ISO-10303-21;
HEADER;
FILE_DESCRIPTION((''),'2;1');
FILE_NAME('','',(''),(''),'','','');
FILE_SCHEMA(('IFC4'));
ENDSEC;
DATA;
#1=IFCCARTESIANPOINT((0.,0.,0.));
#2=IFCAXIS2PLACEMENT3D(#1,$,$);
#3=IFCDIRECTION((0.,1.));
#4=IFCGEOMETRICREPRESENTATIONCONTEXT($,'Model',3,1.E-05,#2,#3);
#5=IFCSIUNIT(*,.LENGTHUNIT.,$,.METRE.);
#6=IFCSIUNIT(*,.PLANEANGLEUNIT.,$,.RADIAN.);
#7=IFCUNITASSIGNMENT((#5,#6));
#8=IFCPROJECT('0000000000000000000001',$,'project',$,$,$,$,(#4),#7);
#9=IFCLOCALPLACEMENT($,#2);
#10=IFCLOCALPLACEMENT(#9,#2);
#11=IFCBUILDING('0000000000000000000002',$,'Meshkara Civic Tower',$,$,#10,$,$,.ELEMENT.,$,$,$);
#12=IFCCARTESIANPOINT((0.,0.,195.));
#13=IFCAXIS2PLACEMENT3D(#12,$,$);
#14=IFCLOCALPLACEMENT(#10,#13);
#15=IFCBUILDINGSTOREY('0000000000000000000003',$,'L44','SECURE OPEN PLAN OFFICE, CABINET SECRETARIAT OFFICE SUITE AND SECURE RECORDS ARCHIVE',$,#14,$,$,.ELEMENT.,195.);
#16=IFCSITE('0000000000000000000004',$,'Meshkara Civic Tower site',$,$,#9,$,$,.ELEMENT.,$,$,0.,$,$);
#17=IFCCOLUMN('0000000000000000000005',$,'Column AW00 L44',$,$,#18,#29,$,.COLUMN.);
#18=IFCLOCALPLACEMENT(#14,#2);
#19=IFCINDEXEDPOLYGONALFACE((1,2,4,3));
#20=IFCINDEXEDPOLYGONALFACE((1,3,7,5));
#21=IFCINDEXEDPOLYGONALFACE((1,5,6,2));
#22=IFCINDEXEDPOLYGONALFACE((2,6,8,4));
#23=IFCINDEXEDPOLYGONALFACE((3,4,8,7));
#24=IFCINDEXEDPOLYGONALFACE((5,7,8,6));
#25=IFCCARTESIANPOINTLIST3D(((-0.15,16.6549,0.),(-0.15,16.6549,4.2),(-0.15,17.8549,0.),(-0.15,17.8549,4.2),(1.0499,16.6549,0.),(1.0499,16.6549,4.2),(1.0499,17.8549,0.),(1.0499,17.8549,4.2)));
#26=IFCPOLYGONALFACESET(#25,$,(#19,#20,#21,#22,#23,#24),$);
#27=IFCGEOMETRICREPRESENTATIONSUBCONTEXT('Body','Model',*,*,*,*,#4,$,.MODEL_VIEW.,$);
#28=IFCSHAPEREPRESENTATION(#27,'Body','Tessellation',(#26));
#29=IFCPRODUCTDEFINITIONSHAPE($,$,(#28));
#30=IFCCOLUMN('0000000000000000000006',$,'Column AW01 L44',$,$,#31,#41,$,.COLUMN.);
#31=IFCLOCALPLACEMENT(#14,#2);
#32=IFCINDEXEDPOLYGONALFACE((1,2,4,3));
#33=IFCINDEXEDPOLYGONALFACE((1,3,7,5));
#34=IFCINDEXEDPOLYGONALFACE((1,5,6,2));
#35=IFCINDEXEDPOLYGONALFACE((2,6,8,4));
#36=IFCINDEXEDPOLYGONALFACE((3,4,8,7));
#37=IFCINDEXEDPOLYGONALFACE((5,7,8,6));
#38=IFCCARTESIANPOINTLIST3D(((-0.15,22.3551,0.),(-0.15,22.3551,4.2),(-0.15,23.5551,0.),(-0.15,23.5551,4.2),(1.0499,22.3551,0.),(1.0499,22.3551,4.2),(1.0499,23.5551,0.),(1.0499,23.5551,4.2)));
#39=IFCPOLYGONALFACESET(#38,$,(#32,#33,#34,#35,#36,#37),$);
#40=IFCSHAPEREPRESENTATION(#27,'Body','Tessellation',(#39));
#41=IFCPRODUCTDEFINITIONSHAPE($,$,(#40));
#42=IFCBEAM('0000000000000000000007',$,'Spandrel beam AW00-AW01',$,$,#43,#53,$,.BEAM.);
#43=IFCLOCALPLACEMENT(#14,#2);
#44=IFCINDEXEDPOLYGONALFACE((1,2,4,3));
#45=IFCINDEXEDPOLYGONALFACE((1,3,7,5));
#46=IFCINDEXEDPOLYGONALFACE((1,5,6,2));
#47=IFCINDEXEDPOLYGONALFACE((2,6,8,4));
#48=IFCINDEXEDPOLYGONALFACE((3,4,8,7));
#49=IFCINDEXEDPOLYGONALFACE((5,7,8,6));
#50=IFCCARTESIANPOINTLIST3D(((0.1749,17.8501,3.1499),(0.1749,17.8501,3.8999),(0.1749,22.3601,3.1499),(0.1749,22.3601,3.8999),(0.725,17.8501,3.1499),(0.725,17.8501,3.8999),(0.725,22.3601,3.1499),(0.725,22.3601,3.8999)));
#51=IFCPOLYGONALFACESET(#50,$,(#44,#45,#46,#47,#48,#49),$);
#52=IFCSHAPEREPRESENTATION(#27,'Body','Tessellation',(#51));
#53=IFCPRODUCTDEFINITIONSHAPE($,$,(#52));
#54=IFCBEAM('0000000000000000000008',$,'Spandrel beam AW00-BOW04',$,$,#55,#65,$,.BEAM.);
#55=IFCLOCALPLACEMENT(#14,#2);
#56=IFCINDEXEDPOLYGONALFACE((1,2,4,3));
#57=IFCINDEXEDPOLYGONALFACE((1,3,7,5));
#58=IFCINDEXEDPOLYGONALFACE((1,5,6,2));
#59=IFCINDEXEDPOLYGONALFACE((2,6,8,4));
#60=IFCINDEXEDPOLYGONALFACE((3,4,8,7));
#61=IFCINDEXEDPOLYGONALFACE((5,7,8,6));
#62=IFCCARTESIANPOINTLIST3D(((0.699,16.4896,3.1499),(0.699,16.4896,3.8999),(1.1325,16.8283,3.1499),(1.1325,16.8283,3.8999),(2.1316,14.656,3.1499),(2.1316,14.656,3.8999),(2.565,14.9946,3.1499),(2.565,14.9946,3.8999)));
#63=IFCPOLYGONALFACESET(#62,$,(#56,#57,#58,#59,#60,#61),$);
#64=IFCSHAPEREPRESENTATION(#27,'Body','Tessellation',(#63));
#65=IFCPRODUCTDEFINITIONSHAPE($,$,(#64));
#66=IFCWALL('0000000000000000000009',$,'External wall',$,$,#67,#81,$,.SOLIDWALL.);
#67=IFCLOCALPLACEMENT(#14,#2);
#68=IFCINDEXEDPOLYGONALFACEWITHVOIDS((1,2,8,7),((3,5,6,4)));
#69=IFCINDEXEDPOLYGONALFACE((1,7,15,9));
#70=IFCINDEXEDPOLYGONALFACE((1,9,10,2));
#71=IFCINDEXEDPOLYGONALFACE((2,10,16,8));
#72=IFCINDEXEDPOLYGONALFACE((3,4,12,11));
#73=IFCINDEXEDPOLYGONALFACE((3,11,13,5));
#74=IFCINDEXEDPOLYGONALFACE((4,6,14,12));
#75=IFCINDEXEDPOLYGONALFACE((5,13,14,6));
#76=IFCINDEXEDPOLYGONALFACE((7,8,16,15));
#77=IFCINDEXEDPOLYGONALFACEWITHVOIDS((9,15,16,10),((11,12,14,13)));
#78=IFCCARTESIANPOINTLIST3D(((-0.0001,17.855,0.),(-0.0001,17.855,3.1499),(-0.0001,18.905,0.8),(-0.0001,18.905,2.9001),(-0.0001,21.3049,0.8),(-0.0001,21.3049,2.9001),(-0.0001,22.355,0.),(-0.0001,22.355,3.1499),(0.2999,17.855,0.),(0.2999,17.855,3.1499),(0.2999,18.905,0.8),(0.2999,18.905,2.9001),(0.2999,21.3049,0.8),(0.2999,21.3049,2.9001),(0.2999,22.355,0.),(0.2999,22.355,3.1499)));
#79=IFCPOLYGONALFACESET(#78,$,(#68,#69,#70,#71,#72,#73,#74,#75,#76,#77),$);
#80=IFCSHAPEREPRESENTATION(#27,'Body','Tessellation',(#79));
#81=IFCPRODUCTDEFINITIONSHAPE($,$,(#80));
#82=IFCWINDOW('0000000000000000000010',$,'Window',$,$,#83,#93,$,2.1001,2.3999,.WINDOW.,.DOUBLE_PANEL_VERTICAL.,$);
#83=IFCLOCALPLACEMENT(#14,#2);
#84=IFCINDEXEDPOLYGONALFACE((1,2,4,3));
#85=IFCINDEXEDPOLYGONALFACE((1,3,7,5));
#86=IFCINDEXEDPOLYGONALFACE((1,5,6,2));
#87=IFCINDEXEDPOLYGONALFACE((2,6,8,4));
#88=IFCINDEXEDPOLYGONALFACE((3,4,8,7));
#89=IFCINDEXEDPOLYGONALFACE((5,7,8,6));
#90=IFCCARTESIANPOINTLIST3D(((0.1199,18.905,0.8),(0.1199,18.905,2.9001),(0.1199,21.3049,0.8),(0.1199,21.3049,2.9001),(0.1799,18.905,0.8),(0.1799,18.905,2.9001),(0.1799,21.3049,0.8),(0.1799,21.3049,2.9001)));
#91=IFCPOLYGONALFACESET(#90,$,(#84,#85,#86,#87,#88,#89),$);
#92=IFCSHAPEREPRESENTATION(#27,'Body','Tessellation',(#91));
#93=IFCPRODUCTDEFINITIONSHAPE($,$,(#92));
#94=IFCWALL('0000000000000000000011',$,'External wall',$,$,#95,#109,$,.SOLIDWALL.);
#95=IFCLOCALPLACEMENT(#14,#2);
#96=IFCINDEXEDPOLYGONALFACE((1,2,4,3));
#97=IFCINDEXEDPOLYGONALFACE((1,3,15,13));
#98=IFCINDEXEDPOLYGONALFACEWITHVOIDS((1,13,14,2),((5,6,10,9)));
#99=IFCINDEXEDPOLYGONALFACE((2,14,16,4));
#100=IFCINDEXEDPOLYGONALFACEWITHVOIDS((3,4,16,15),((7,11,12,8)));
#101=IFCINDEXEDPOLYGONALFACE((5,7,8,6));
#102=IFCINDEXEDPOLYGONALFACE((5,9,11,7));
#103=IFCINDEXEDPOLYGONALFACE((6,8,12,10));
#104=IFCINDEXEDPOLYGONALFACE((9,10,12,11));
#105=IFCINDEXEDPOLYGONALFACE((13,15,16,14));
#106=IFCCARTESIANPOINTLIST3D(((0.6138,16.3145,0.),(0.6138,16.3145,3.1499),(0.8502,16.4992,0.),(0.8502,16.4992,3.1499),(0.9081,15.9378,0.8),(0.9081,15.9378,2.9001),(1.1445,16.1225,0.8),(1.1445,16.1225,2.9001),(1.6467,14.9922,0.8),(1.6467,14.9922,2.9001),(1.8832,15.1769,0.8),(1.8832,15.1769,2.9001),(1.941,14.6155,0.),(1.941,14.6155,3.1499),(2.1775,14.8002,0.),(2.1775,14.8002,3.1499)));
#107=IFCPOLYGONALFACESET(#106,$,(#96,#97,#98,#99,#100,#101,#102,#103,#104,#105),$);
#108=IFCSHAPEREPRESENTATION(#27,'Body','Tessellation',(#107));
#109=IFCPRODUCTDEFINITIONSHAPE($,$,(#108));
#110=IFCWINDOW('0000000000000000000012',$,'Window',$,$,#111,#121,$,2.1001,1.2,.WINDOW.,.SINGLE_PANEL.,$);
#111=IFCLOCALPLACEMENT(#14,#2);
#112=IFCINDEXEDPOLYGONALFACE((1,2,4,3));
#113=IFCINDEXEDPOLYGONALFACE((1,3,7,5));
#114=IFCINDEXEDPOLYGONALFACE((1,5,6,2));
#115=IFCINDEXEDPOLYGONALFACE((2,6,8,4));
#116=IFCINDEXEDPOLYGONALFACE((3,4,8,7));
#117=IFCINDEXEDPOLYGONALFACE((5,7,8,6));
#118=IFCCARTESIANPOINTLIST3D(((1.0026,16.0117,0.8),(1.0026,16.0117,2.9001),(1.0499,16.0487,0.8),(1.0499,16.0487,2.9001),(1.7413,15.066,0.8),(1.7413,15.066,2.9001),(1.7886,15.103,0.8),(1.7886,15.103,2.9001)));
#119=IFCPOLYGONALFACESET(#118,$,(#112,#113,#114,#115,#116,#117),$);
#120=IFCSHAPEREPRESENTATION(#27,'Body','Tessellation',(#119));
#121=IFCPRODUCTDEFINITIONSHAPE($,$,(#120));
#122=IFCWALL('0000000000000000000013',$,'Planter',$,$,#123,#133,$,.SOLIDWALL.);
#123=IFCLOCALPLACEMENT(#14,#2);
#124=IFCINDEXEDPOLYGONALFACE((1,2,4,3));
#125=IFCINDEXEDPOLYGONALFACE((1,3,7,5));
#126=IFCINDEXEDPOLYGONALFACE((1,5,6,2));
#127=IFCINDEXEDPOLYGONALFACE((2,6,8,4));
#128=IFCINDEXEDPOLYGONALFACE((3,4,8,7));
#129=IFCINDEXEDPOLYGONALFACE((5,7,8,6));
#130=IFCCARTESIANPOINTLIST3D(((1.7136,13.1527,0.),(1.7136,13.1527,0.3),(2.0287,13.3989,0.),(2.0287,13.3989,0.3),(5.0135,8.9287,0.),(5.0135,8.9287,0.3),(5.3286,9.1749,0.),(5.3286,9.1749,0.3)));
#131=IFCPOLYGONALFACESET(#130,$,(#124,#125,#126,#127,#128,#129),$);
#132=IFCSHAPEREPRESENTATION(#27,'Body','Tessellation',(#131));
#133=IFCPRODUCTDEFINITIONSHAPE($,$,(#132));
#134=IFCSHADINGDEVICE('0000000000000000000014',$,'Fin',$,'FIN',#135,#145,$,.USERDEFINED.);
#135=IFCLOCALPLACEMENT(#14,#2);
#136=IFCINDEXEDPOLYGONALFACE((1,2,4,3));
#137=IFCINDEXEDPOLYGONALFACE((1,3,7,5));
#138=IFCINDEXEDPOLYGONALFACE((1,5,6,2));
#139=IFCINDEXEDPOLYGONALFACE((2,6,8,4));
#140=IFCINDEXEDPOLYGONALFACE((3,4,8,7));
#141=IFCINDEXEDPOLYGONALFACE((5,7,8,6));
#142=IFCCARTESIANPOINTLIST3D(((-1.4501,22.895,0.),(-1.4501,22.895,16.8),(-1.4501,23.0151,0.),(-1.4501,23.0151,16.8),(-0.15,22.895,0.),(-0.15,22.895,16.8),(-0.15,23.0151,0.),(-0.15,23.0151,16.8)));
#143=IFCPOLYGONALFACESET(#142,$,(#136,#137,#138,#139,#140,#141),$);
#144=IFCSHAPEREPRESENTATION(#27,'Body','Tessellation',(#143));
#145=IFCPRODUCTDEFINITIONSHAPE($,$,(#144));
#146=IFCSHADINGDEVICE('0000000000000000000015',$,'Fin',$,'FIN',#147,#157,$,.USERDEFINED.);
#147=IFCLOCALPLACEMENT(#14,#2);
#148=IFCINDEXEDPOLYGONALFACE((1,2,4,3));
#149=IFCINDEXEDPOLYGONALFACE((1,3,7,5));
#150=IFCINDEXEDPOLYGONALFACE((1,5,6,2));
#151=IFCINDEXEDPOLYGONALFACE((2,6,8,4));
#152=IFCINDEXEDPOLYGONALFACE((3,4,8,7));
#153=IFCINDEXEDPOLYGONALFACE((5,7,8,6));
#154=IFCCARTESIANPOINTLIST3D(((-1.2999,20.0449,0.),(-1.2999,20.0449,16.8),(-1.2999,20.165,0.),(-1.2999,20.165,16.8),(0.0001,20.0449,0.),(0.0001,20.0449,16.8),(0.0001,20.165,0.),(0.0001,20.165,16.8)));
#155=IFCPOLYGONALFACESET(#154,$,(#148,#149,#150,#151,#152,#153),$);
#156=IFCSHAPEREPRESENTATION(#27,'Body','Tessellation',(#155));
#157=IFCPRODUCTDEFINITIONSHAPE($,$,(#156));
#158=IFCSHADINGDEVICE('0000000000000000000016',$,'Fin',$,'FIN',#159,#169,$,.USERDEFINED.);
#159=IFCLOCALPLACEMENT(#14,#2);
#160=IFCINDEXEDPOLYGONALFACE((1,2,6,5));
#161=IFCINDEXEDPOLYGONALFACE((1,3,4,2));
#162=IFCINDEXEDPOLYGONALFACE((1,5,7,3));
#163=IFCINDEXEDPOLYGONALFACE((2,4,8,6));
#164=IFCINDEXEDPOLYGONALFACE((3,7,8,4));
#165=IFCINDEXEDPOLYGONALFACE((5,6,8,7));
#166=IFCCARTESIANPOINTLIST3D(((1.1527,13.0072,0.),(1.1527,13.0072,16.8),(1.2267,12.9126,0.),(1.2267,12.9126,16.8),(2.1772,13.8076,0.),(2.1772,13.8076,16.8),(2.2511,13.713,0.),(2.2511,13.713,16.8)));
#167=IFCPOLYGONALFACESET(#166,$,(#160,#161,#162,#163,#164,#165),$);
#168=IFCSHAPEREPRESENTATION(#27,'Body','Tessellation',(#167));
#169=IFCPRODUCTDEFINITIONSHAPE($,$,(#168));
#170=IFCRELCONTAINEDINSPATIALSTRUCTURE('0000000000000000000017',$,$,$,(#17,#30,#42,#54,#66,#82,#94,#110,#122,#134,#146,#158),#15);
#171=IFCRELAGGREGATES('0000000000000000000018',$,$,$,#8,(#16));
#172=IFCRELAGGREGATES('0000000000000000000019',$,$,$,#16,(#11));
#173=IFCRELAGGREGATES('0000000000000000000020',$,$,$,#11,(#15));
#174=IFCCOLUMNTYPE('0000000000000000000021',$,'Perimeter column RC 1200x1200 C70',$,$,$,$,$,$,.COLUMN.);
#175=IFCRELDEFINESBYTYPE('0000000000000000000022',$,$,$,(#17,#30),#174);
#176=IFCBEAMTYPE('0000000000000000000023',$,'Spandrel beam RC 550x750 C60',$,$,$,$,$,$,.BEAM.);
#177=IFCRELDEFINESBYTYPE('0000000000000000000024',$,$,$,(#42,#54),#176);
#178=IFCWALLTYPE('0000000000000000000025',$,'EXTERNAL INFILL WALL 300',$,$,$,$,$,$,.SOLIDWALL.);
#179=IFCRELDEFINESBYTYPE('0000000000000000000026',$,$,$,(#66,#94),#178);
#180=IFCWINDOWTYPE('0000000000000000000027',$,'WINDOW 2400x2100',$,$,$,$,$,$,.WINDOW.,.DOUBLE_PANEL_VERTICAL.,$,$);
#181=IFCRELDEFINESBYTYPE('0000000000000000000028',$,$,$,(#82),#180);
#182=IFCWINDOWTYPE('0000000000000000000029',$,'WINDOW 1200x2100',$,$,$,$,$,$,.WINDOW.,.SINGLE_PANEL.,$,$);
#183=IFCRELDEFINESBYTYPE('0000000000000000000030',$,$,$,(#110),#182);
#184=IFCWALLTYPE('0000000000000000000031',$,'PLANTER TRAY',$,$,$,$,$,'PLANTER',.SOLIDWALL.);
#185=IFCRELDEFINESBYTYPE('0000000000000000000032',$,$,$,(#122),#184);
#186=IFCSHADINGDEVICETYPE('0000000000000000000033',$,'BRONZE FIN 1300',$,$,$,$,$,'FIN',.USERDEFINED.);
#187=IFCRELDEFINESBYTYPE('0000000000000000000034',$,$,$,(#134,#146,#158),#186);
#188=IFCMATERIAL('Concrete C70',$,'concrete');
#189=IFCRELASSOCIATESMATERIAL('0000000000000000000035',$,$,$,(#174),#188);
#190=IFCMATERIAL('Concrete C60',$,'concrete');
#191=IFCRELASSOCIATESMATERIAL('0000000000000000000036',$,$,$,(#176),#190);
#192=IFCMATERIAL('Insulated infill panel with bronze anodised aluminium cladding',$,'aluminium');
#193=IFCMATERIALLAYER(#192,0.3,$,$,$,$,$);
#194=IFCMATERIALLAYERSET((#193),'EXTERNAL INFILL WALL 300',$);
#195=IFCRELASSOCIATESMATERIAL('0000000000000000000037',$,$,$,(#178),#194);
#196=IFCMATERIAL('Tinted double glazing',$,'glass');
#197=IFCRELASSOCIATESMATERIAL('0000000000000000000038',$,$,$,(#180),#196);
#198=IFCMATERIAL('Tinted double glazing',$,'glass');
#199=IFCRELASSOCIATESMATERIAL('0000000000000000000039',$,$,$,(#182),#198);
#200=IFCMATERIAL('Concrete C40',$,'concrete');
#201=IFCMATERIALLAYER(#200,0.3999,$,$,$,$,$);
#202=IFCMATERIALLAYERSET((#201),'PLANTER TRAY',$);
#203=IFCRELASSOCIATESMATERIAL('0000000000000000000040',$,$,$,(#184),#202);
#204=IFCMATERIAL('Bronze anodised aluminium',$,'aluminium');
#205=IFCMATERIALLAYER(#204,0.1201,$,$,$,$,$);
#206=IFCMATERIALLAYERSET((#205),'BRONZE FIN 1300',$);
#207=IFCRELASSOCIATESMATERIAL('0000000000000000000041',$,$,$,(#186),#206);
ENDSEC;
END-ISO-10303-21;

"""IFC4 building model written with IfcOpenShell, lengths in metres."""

from ifc_helpers import new_model, si_unit, direction, frame, frame_2d, origin, origin_2d, place, context, subcontext, project, spatial, rectangle, extrude, material, layer, layer_set, material_profile, profile_set, type_object, element, fill, save


model = new_model("IFC4")

# Units and contexts
model_context = context("Model", 3, precision=1e-05, world=origin(), true_north=direction((0.0, 1.0)))
body_context = subcontext(model_context, "Body", "Model", "MODEL_VIEW")
ifc_project = project(units=[si_unit("LENGTHUNIT", "METRE"), si_unit("PLANEANGLEUNIT", "RADIAN")], contexts=[model_context])

# Site, building, storey
site_placement = place(None, origin())
site = spatial("IfcSite", under=ifc_project, at=site_placement, Name="Meshkara Civic Tower site", CompositionType="ELEMENT", RefElevation=0.0)
building_placement = place(site_placement, origin())
building = spatial("IfcBuilding", under=site, at=building_placement, Name="Meshkara Civic Tower", CompositionType="ELEMENT")
storey_placement = place(building_placement, frame((0.0, 0.0, 195.0)))
storey = spatial("IfcBuildingStorey", under=building, at=storey_placement, Name="L44", Description="SECURE OPEN PLAN OFFICE, CABINET SECRETARIAT OFFICE SUITE AND SECURE RECORDS ARCHIVE", CompositionType="ELEMENT", Elevation=195.0)

# Columns
ifc_material_1 = material(Name="Concrete C70", Category="concrete")
ifc_material_profile_1 = material_profile(ifc_material_1, rectangle(XDim=1.2, YDim=1.2, at=origin_2d()))
ifc_profile_set_1 = profile_set([ifc_material_profile_1], Name="Concrete C70")
column_type = type_object("IfcColumnType", Name="Perimeter column RC 1200x1200 C70", PredefinedType="COLUMN", material=ifc_profile_set_1)
for number, where, z_axis, x_axis, name in (
    (1, (0.45, 17.2549, 0.0), (0.0, 0.0, 1.0), (1.0, 0.0, 0.0), "Column AW00 L44"),
    (2, (0.45, 22.9551, 0.0), (0.0, 0.0, 1.0), (1.0, 0.0, 0.0), "Column AW01 L44"),
):
    element("IfcColumn", number, at=place(storey_placement, frame(where, z_axis=z_axis, x_axis=x_axis)), inside=storey, type_object=column_type, Name=name, PredefinedType="COLUMN", context=body_context, shape_type="SweptSolid", body=[
        extrude(rectangle(XDim=1.2, YDim=1.2, at=origin_2d()), origin(), (0.0, 0.0, 1.0), 4.2),
    ])

# Beams
ifc_material_2 = material(Name="Concrete C60", Category="concrete")
ifc_material_profile_2 = material_profile(ifc_material_2, rectangle(XDim=0.55, YDim=0.75, at=origin_2d()))
ifc_profile_set_2 = profile_set([ifc_material_profile_2], Name="Concrete C60")
beam_type = type_object("IfcBeamType", Name="Spandrel beam RC 550x750 C60", PredefinedType="BEAM", material=ifc_profile_set_2)
beam_1_placement = place(storey_placement, frame((0.45, 22.3601, 3.5249), z_axis=(0.0, -1.0, 0.0), x_axis=(1.0, 0.0, 0.0)))
element("IfcBeam", 3, at=beam_1_placement, inside=storey, type_object=beam_type, Name="Spandrel beam AW00-AW01", PredefinedType="BEAM", context=body_context, shape_type="SweptSolid", body=[
    extrude(rectangle(XDim=0.55, YDim=0.75, at=origin_2d()), origin(), (0.0, 0.0, 1.0), 4.51),
])
beam_2_placement = place(storey_placement, frame((0.9158, 16.6589, 3.5249), z_axis=(0.615646, -0.788023, 0.0), x_axis=(0.788023, 0.615646, 0.0)))
element("IfcBeam", 4, at=beam_2_placement, inside=storey, type_object=beam_type, Name="Spandrel beam AW00-BOW04", PredefinedType="BEAM", context=body_context, shape_type="SweptSolid", body=[
    extrude(rectangle(XDim=0.55, YDim=0.75, at=origin_2d()), origin(), (0.0, 0.0, 1.0), 2.3269),
])

# Walls, openings, windows
ifc_material_3 = material(Name="Insulated infill panel with bronze anodised aluminium cladding", Category="aluminium")
ifc_layer_1 = layer(ifc_material_3, 0.3)
ifc_layer_set_1 = layer_set([ifc_layer_1], Name="EXTERNAL INFILL WALL 300")
wall_type_1 = type_object("IfcWallType", Name="EXTERNAL INFILL WALL 300", PredefinedType="SOLIDWALL", material=ifc_layer_set_1)
wall_1_placement = place(storey_placement, frame((0.1499, 22.355, 0.0), z_axis=(0.0, 0.0, 1.0), x_axis=(0.0, -1.0, 0.0)))
wall_1 = element("IfcWall", 5, at=wall_1_placement, inside=storey, type_object=wall_type_1, Name="External wall", PredefinedType="SOLIDWALL", context=body_context, shape_type="SweptSolid", body=[
    extrude(rectangle(XDim=4.5, YDim=0.3, at=frame_2d((2.25, 0.0))), origin(), (0.0, 0.0, 1.0), 3.1499),
])
opening_1_placement = place(wall_1_placement, frame((1.05, 0.0, 0.8)))
opening_1 = element("IfcOpeningElement", 6, at=opening_1_placement, cuts=wall_1, PredefinedType="OPENING", context=body_context, shape_type="SweptSolid", body=[
    extrude(rectangle(XDim=2.3999, YDim=2.1001, at=frame_2d((1.2, 1.05))), frame((0.0, 0.1599, 0.0), z_axis=(0.0, -1.0, 0.0), x_axis=(1.0, 0.0, 0.0)), (0.0, 0.0, 1.0), 0.3201),
])
ifc_material_4 = material(Name="Tinted double glazing", Category="glass")
window_type_1 = type_object("IfcWindowType", Name="WINDOW 2400x2100", PartitioningType="DOUBLE_PANEL_VERTICAL", PredefinedType="WINDOW", material=ifc_material_4)
window_1_placement = place(opening_1_placement, origin())
window_1 = element("IfcWindow", 7, at=window_1_placement, inside=storey, type_object=window_type_1, Name="Window", OverallHeight=2.1001, OverallWidth=2.3999, PartitioningType="DOUBLE_PANEL_VERTICAL", PredefinedType="WINDOW", context=body_context, shape_type="SweptSolid", body=[
    extrude(rectangle(XDim=2.3999, YDim=2.1001, at=frame_2d((1.2, 1.05))), frame((0.0, 0.03, 0.0), z_axis=(0.0, -1.0, 0.0), x_axis=(1.0, 0.0, 0.0)), (0.0, 0.0, 1.0), 0.0601),
])
fill(opening_1, window_1)
wall_2_placement = place(storey_placement, frame((0.7319, 16.407, 0.0), z_axis=(0.0, 0.0, 1.0), x_axis=(0.615593, -0.788064, 0.0)))
wall_2 = element("IfcWall", 8, at=wall_2_placement, inside=storey, type_object=wall_type_1, Name="External wall", PredefinedType="SOLIDWALL", context=body_context, shape_type="SweptSolid", body=[
    extrude(rectangle(XDim=2.156, YDim=0.3, at=frame_2d((1.0781, 0.0))), origin(), (0.0, 0.0, 1.0), 3.1499),
])
opening_2_placement = place(wall_2_placement, frame((0.478, 0.0, 0.8)))
opening_2 = element("IfcOpeningElement", 9, at=opening_2_placement, cuts=wall_2, PredefinedType="OPENING", context=body_context, shape_type="SweptSolid", body=[
    extrude(rectangle(XDim=1.2, YDim=2.1001, at=frame_2d((0.6001, 1.05))), frame((0.0, 0.1599, 0.0), z_axis=(0.0, -1.0, 0.0), x_axis=(1.0, 0.0, 0.0)), (0.0, 0.0, 1.0), 0.3201),
])
ifc_material_5 = material(Name="Tinted double glazing", Category="glass")
window_type_2 = type_object("IfcWindowType", Name="WINDOW 1200x2100", PartitioningType="SINGLE_PANEL", PredefinedType="WINDOW", material=ifc_material_5)
window_2_placement = place(opening_2_placement, origin())
window_2 = element("IfcWindow", 10, at=window_2_placement, inside=storey, type_object=window_type_2, Name="Window", OverallHeight=2.1001, OverallWidth=1.2, PartitioningType="SINGLE_PANEL", PredefinedType="WINDOW", context=body_context, shape_type="SweptSolid", body=[
    extrude(rectangle(XDim=1.2, YDim=2.1001, at=frame_2d((0.6001, 1.05))), frame((0.0, 0.03, 0.0), z_axis=(0.0, -1.0, 0.0), x_axis=(1.0, 0.0, 0.0)), (0.0, 0.0, 1.0), 0.0601),
])
fill(opening_2, window_2)

# Wall
ifc_material_6 = material(Name="Concrete C40", Category="concrete")
ifc_layer_2 = layer(ifc_material_6, 0.3999)
ifc_layer_set_2 = layer_set([ifc_layer_2], Name="PLANTER TRAY")
wall_type_2 = type_object("IfcWallType", Name="PLANTER TRAY", ElementType="PLANTER", PredefinedType="SOLIDWALL", material=ifc_layer_set_2)
wall_3_placement = place(storey_placement, frame((1.8711, 13.2759, 0.0), z_axis=(0.0, 0.0, 1.0), x_axis=(0.615633, -0.788033, 0.0)))
element("IfcWall", 11, at=wall_3_placement, inside=storey, type_object=wall_type_2, Name="Planter", PredefinedType="SOLIDWALL", context=body_context, shape_type="SweptSolid", body=[
    extrude(rectangle(XDim=5.3601, YDim=0.3999, at=frame_2d((2.6802, 0.0))), origin(), (0.0, 0.0, 1.0), 0.3),
])

# Shading devices
ifc_material_7 = material(Name="Bronze anodised aluminium", Category="aluminium")
ifc_layer_3 = layer(ifc_material_7, 0.1201)
ifc_layer_set_3 = layer_set([ifc_layer_3], Name="BRONZE FIN 1300")
shading_device_type = type_object("IfcShadingDeviceType", Name="BRONZE FIN 1300", ElementType="FIN", PredefinedType="USERDEFINED", material=ifc_layer_set_3)
for number, where, z_axis, x_axis, name in (
    (12, (-0.8, 22.9551, 0.0), (0.0, 0.0, 1.0), (0.0, -1.0, 0.0), "Fin"),
    (13, (-0.6499, 20.105, 0.0), (0.0, 0.0, 1.0), (0.0, -1.0, 0.0), "Fin"),
    (14, (1.7019, 13.3601, 0.0), (0.0, 0.0, 1.0), (0.615661, -0.788011, 0.0), "Fin"),
):
    element("IfcShadingDevice", number, at=place(storey_placement, frame(where, z_axis=z_axis, x_axis=x_axis)), inside=storey, type_object=shading_device_type, Name=name, ObjectType="FIN", PredefinedType="USERDEFINED", context=body_context, shape_type="SweptSolid", body=[
        extrude(rectangle(XDim=0.1201, YDim=1.3, at=origin_2d()), origin(), (0.0, 0.0, 1.0), 16.8),
    ])

save(model, "model.ifc")
